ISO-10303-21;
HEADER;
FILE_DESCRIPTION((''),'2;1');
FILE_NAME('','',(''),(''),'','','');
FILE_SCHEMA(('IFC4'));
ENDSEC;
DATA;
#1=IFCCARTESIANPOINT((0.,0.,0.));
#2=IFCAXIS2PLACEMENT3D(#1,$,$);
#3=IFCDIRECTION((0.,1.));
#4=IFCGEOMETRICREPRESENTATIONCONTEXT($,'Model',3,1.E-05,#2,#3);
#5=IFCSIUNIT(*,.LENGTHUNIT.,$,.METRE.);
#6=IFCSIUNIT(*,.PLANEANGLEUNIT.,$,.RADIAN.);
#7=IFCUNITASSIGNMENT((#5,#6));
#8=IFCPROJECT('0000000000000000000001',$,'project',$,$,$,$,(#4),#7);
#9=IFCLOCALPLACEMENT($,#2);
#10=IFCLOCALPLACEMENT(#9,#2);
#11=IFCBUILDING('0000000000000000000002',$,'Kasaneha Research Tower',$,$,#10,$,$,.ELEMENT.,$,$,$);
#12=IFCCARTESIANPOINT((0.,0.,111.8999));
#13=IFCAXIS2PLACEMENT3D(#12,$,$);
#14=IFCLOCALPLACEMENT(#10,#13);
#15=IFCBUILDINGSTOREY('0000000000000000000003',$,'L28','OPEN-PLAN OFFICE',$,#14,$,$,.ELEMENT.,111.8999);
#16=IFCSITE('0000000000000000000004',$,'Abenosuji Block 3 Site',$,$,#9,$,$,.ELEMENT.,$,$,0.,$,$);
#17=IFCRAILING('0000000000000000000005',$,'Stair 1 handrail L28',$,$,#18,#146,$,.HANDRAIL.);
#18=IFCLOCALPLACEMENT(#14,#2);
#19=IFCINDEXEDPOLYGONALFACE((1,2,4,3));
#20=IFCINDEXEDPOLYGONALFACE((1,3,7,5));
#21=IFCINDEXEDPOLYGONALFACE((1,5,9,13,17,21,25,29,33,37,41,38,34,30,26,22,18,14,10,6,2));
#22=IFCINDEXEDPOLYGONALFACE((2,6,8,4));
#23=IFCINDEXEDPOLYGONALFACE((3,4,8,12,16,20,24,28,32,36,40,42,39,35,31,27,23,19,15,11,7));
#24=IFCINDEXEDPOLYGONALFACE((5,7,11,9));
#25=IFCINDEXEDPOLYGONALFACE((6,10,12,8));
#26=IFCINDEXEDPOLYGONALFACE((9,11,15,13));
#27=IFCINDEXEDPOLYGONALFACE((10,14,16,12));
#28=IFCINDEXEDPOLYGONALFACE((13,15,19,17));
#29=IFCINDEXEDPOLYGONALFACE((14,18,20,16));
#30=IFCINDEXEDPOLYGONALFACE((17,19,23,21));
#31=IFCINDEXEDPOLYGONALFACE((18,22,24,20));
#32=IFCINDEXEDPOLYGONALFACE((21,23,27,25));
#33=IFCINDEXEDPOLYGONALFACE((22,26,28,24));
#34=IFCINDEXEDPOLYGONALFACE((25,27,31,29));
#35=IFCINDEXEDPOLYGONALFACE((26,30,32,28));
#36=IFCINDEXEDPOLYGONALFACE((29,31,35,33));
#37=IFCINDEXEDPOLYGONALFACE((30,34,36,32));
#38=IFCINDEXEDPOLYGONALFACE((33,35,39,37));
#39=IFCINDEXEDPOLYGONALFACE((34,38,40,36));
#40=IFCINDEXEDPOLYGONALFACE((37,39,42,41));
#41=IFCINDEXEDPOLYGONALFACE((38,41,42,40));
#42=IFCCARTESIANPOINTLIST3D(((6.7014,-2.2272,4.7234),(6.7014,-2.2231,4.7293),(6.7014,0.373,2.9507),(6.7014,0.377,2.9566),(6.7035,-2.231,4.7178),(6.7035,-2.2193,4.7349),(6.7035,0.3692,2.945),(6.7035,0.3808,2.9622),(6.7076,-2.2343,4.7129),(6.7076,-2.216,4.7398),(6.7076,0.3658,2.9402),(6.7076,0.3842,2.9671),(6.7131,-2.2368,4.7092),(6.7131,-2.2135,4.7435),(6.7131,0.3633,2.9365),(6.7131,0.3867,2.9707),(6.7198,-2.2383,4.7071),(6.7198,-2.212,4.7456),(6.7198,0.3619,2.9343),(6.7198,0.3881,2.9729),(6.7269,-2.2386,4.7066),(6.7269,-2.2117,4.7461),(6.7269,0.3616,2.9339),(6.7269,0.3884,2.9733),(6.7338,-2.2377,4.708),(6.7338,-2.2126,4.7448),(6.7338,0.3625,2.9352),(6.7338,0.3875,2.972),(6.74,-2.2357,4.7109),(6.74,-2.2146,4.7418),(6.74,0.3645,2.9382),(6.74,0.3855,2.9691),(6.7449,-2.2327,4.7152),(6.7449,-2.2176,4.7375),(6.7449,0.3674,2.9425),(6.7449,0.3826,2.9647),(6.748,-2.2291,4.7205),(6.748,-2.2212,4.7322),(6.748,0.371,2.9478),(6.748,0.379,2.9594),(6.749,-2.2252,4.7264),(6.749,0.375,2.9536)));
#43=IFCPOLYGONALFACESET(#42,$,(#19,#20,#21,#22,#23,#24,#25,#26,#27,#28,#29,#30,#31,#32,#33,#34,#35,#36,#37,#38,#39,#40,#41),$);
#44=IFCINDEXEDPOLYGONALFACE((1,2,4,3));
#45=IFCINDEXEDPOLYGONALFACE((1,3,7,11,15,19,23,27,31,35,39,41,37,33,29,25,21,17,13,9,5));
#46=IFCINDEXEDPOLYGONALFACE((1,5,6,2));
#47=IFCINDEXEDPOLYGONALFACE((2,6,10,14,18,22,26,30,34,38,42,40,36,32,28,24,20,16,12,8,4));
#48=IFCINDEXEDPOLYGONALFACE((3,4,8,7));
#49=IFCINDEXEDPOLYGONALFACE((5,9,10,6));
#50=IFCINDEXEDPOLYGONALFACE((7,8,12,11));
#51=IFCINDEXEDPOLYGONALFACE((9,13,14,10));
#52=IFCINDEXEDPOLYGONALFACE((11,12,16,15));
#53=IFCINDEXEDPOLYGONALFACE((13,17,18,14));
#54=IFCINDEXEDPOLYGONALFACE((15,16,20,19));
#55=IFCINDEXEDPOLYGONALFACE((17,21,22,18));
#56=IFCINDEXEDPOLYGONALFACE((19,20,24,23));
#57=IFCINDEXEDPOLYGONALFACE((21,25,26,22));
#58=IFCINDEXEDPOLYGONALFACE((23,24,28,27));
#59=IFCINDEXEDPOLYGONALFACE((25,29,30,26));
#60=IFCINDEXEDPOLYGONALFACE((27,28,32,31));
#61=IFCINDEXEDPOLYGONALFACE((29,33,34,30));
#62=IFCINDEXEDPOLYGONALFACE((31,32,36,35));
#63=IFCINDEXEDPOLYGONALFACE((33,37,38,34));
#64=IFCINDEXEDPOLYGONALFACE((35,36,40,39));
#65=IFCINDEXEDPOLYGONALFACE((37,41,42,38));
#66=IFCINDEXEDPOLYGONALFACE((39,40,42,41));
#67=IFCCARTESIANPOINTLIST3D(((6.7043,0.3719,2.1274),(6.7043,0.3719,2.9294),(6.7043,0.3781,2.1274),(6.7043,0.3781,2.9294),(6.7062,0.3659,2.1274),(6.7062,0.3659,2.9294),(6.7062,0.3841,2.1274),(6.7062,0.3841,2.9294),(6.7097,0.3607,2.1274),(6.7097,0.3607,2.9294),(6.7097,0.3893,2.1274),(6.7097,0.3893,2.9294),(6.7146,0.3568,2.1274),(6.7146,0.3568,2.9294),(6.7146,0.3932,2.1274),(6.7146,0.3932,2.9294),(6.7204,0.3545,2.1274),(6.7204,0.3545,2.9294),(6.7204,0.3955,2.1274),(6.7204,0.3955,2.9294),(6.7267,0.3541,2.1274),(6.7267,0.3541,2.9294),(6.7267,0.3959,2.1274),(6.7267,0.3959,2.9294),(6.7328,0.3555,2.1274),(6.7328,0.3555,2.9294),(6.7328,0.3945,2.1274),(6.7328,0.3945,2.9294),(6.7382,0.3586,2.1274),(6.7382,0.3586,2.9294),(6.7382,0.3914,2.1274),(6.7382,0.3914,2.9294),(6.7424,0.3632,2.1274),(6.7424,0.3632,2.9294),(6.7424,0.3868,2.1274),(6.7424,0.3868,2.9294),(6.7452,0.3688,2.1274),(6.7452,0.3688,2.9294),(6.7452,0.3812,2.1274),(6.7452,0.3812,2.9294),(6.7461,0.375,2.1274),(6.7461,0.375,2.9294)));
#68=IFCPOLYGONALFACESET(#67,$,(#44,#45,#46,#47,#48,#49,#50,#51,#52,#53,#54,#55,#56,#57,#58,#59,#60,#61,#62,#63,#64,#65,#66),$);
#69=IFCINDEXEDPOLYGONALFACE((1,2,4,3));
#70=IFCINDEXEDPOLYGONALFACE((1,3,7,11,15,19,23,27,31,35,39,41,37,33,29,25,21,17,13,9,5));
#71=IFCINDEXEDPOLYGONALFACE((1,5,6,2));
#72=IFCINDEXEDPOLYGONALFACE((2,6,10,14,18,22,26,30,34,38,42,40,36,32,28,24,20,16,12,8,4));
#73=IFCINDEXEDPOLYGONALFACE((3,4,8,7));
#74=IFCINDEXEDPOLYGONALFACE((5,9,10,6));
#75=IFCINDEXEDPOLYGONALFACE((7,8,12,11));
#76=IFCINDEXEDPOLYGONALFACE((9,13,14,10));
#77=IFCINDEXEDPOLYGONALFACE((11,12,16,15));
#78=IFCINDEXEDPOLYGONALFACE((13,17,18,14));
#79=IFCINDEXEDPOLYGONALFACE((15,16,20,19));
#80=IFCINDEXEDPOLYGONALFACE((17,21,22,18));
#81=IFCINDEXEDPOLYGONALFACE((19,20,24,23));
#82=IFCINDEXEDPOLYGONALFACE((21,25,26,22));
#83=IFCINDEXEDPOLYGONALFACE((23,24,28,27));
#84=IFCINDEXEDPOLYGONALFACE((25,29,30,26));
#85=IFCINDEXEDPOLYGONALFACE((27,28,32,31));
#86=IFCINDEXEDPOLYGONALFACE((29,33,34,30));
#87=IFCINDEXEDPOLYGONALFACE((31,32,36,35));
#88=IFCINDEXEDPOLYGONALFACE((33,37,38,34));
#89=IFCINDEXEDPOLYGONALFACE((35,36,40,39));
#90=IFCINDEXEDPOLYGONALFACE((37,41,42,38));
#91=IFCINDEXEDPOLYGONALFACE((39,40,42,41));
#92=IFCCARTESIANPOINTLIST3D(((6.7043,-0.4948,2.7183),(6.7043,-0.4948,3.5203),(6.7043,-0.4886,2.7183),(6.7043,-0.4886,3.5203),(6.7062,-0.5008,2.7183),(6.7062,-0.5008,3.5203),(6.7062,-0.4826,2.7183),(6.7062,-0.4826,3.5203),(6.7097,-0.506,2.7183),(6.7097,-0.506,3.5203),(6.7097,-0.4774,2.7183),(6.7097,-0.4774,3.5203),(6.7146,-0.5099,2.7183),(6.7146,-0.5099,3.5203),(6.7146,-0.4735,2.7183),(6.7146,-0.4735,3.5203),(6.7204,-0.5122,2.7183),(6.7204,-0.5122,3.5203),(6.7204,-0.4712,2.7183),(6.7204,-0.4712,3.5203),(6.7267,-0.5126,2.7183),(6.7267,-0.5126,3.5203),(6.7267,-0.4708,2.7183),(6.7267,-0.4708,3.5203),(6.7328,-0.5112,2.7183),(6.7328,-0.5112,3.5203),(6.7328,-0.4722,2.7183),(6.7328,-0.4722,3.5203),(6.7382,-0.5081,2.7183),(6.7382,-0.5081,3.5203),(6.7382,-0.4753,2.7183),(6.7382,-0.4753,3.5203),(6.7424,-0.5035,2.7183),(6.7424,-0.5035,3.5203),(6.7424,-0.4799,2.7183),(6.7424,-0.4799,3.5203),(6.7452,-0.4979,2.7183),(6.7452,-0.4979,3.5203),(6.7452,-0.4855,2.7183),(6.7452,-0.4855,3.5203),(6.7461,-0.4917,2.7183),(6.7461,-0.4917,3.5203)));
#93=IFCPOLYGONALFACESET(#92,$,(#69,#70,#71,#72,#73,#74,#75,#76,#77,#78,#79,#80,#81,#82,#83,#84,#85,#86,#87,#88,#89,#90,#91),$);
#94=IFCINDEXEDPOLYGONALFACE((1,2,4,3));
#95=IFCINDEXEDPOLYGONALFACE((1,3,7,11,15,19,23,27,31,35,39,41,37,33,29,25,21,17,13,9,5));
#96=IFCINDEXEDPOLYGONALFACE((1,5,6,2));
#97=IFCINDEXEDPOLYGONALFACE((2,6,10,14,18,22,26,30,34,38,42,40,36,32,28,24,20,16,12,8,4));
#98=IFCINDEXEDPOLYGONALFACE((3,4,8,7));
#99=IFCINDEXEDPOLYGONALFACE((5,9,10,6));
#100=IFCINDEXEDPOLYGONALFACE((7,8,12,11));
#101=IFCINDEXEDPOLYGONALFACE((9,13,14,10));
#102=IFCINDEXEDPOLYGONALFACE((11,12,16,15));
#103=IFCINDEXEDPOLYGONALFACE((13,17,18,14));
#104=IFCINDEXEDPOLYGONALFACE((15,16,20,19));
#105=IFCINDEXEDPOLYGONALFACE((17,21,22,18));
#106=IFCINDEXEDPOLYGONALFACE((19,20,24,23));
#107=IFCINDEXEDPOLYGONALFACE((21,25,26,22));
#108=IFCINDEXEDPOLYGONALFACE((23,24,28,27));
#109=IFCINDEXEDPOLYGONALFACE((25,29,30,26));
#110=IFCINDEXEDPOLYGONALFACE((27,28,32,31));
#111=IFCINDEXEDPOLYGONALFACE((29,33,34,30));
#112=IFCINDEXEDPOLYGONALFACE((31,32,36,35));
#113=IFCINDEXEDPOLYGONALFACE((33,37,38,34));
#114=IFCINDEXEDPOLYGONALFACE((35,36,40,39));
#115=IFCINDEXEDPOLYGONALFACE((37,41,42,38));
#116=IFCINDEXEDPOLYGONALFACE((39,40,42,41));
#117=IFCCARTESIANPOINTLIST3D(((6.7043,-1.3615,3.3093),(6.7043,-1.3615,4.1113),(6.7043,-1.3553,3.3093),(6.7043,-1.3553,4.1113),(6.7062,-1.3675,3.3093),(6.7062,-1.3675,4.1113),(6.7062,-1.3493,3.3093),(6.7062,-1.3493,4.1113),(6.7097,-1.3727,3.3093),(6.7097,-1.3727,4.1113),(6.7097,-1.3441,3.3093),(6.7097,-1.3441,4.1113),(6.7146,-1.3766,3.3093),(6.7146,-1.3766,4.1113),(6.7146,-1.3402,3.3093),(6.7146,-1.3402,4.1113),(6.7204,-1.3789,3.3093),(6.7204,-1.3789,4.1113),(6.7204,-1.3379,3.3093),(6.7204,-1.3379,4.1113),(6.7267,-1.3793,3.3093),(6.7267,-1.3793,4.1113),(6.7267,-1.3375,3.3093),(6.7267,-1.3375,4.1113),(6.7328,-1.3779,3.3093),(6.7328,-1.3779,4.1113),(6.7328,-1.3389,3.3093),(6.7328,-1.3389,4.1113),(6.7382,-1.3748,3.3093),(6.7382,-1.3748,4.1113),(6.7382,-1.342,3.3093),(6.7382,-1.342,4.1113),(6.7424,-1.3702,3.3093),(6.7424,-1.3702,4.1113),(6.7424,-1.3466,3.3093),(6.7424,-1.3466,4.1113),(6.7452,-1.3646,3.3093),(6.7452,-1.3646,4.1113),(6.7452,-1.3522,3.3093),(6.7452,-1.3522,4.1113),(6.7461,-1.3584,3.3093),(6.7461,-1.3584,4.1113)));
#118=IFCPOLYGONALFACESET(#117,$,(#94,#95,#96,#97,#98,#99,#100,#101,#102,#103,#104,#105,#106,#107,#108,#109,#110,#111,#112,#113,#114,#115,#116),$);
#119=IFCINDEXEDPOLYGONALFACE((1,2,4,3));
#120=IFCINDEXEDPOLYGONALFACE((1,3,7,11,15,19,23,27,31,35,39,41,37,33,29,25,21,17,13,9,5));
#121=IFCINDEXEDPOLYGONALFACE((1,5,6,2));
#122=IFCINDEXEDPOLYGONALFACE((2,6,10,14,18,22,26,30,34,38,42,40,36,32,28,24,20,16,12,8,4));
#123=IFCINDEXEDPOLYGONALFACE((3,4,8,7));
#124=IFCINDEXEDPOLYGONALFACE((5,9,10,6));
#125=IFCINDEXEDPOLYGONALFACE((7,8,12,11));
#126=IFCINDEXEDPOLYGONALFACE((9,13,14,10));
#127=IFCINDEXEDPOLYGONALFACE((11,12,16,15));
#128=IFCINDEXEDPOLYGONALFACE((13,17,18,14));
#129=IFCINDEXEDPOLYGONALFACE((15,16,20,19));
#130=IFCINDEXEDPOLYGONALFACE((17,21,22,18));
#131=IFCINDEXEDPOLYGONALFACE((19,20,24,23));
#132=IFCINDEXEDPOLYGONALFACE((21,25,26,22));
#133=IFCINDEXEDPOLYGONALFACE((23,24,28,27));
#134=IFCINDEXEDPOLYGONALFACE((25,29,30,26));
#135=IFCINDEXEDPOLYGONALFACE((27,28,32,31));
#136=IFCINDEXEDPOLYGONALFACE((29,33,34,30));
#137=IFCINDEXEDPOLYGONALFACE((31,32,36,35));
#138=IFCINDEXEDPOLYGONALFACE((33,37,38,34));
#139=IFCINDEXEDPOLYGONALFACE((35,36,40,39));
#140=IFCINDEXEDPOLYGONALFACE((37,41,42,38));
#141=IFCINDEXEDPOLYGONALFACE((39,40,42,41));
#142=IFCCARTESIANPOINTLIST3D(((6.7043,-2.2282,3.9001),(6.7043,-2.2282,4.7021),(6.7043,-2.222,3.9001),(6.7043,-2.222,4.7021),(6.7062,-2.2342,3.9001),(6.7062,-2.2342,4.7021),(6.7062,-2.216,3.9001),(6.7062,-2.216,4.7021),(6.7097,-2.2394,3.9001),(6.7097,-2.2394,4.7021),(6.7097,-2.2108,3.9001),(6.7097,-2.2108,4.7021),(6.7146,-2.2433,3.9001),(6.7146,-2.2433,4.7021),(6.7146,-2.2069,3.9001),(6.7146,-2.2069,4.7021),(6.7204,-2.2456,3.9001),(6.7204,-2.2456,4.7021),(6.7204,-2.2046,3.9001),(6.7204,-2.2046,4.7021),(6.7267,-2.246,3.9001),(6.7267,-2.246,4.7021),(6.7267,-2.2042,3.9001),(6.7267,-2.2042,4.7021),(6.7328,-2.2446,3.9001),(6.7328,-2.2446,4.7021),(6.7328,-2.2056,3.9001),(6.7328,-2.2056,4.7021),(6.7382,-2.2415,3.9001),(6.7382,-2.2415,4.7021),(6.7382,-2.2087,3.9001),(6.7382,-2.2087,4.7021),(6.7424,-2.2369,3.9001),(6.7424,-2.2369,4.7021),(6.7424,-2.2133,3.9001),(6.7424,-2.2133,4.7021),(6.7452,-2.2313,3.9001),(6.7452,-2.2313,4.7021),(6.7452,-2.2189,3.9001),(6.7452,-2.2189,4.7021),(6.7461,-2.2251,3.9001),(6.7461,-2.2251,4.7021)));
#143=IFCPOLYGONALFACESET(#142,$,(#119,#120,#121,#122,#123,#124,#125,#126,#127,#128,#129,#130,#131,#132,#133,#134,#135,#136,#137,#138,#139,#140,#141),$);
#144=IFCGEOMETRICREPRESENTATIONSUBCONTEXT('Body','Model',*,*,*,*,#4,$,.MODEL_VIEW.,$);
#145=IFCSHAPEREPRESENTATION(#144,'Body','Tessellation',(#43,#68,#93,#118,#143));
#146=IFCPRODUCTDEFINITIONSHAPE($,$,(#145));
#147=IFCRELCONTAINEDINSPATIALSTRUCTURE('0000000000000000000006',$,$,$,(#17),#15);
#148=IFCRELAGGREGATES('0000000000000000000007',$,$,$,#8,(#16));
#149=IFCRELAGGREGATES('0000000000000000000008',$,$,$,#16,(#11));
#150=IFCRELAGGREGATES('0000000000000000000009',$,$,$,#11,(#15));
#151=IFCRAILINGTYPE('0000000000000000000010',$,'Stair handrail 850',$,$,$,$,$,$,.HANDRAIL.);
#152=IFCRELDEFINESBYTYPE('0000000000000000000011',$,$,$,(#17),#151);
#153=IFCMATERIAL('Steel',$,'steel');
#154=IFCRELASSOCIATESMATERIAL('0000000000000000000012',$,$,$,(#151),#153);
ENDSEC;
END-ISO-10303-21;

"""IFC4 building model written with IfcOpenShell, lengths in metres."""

from ifc_helpers import new_model, si_unit, direction, frame, origin, origin_2d, place, context, subcontext, project, spatial, circle, extrude, material, type_object, element, save


model = new_model("IFC4")

# Units and contexts
model_context = context("Model", 3, precision=1e-05, world=origin(), true_north=direction((0.0, 1.0)))
body_context = subcontext(model_context, "Body", "Model", "MODEL_VIEW")
ifc_project = project(units=[si_unit("LENGTHUNIT", "METRE"), si_unit("PLANEANGLEUNIT", "RADIAN")], contexts=[model_context])

# Site, building, storey
site_placement = place(None, origin())
site = spatial("IfcSite", under=ifc_project, at=site_placement, Name="Abenosuji Block 3 Site", CompositionType="ELEMENT", RefElevation=0.0)
building_placement = place(site_placement, origin())
building = spatial("IfcBuilding", under=site, at=building_placement, Name="Kasaneha Research Tower", CompositionType="ELEMENT")
storey_placement = place(building_placement, frame((0.0, 0.0, 111.8999)))
storey = spatial("IfcBuildingStorey", under=building, at=storey_placement, Name="L28", Description="OPEN-PLAN OFFICE", CompositionType="ELEMENT", Elevation=111.8999)

# Railing
ifc_material_1 = material(Name="Steel", Category="steel")
railing_type = type_object("IfcRailingType", Name="Stair handrail 850", PredefinedType="HANDRAIL", material=ifc_material_1)
railing_placement = place(storey_placement, frame((6.7251, 0.375, 2.1274)))
element("IfcRailing", 1, at=railing_placement, inside=storey, type_object=railing_type, Name="Stair 1 handrail L28", PredefinedType="HANDRAIL", context=body_context, shape_type="SweptSolid", body=[
    extrude(circle(Radius=0.0239, at=origin_2d()), frame((0.0, 0.0, 0.8262), z_axis=(0.0, -0.82624, 0.563318), x_axis=(1.0, 0.0, 0.0)), (0.0, 0.0, 1.0), 3.147),
    extrude(circle(Radius=0.021, at=origin_2d()), origin(), (0.0, 0.0, 1.0), 0.802),
    extrude(circle(Radius=0.021, at=origin_2d()), frame((0.0, -0.8667, 0.5908)), (0.0, 0.0, 1.0), 0.802),
    extrude(circle(Radius=0.021, at=origin_2d()), frame((0.0, -1.7334, 1.1819)), (0.0, 0.0, 1.0), 0.802),
    extrude(circle(Radius=0.021, at=origin_2d()), frame((0.0, -2.6001, 1.7727)), (0.0, 0.0, 1.0), 0.802),
])

save(model, "model.ifc")
